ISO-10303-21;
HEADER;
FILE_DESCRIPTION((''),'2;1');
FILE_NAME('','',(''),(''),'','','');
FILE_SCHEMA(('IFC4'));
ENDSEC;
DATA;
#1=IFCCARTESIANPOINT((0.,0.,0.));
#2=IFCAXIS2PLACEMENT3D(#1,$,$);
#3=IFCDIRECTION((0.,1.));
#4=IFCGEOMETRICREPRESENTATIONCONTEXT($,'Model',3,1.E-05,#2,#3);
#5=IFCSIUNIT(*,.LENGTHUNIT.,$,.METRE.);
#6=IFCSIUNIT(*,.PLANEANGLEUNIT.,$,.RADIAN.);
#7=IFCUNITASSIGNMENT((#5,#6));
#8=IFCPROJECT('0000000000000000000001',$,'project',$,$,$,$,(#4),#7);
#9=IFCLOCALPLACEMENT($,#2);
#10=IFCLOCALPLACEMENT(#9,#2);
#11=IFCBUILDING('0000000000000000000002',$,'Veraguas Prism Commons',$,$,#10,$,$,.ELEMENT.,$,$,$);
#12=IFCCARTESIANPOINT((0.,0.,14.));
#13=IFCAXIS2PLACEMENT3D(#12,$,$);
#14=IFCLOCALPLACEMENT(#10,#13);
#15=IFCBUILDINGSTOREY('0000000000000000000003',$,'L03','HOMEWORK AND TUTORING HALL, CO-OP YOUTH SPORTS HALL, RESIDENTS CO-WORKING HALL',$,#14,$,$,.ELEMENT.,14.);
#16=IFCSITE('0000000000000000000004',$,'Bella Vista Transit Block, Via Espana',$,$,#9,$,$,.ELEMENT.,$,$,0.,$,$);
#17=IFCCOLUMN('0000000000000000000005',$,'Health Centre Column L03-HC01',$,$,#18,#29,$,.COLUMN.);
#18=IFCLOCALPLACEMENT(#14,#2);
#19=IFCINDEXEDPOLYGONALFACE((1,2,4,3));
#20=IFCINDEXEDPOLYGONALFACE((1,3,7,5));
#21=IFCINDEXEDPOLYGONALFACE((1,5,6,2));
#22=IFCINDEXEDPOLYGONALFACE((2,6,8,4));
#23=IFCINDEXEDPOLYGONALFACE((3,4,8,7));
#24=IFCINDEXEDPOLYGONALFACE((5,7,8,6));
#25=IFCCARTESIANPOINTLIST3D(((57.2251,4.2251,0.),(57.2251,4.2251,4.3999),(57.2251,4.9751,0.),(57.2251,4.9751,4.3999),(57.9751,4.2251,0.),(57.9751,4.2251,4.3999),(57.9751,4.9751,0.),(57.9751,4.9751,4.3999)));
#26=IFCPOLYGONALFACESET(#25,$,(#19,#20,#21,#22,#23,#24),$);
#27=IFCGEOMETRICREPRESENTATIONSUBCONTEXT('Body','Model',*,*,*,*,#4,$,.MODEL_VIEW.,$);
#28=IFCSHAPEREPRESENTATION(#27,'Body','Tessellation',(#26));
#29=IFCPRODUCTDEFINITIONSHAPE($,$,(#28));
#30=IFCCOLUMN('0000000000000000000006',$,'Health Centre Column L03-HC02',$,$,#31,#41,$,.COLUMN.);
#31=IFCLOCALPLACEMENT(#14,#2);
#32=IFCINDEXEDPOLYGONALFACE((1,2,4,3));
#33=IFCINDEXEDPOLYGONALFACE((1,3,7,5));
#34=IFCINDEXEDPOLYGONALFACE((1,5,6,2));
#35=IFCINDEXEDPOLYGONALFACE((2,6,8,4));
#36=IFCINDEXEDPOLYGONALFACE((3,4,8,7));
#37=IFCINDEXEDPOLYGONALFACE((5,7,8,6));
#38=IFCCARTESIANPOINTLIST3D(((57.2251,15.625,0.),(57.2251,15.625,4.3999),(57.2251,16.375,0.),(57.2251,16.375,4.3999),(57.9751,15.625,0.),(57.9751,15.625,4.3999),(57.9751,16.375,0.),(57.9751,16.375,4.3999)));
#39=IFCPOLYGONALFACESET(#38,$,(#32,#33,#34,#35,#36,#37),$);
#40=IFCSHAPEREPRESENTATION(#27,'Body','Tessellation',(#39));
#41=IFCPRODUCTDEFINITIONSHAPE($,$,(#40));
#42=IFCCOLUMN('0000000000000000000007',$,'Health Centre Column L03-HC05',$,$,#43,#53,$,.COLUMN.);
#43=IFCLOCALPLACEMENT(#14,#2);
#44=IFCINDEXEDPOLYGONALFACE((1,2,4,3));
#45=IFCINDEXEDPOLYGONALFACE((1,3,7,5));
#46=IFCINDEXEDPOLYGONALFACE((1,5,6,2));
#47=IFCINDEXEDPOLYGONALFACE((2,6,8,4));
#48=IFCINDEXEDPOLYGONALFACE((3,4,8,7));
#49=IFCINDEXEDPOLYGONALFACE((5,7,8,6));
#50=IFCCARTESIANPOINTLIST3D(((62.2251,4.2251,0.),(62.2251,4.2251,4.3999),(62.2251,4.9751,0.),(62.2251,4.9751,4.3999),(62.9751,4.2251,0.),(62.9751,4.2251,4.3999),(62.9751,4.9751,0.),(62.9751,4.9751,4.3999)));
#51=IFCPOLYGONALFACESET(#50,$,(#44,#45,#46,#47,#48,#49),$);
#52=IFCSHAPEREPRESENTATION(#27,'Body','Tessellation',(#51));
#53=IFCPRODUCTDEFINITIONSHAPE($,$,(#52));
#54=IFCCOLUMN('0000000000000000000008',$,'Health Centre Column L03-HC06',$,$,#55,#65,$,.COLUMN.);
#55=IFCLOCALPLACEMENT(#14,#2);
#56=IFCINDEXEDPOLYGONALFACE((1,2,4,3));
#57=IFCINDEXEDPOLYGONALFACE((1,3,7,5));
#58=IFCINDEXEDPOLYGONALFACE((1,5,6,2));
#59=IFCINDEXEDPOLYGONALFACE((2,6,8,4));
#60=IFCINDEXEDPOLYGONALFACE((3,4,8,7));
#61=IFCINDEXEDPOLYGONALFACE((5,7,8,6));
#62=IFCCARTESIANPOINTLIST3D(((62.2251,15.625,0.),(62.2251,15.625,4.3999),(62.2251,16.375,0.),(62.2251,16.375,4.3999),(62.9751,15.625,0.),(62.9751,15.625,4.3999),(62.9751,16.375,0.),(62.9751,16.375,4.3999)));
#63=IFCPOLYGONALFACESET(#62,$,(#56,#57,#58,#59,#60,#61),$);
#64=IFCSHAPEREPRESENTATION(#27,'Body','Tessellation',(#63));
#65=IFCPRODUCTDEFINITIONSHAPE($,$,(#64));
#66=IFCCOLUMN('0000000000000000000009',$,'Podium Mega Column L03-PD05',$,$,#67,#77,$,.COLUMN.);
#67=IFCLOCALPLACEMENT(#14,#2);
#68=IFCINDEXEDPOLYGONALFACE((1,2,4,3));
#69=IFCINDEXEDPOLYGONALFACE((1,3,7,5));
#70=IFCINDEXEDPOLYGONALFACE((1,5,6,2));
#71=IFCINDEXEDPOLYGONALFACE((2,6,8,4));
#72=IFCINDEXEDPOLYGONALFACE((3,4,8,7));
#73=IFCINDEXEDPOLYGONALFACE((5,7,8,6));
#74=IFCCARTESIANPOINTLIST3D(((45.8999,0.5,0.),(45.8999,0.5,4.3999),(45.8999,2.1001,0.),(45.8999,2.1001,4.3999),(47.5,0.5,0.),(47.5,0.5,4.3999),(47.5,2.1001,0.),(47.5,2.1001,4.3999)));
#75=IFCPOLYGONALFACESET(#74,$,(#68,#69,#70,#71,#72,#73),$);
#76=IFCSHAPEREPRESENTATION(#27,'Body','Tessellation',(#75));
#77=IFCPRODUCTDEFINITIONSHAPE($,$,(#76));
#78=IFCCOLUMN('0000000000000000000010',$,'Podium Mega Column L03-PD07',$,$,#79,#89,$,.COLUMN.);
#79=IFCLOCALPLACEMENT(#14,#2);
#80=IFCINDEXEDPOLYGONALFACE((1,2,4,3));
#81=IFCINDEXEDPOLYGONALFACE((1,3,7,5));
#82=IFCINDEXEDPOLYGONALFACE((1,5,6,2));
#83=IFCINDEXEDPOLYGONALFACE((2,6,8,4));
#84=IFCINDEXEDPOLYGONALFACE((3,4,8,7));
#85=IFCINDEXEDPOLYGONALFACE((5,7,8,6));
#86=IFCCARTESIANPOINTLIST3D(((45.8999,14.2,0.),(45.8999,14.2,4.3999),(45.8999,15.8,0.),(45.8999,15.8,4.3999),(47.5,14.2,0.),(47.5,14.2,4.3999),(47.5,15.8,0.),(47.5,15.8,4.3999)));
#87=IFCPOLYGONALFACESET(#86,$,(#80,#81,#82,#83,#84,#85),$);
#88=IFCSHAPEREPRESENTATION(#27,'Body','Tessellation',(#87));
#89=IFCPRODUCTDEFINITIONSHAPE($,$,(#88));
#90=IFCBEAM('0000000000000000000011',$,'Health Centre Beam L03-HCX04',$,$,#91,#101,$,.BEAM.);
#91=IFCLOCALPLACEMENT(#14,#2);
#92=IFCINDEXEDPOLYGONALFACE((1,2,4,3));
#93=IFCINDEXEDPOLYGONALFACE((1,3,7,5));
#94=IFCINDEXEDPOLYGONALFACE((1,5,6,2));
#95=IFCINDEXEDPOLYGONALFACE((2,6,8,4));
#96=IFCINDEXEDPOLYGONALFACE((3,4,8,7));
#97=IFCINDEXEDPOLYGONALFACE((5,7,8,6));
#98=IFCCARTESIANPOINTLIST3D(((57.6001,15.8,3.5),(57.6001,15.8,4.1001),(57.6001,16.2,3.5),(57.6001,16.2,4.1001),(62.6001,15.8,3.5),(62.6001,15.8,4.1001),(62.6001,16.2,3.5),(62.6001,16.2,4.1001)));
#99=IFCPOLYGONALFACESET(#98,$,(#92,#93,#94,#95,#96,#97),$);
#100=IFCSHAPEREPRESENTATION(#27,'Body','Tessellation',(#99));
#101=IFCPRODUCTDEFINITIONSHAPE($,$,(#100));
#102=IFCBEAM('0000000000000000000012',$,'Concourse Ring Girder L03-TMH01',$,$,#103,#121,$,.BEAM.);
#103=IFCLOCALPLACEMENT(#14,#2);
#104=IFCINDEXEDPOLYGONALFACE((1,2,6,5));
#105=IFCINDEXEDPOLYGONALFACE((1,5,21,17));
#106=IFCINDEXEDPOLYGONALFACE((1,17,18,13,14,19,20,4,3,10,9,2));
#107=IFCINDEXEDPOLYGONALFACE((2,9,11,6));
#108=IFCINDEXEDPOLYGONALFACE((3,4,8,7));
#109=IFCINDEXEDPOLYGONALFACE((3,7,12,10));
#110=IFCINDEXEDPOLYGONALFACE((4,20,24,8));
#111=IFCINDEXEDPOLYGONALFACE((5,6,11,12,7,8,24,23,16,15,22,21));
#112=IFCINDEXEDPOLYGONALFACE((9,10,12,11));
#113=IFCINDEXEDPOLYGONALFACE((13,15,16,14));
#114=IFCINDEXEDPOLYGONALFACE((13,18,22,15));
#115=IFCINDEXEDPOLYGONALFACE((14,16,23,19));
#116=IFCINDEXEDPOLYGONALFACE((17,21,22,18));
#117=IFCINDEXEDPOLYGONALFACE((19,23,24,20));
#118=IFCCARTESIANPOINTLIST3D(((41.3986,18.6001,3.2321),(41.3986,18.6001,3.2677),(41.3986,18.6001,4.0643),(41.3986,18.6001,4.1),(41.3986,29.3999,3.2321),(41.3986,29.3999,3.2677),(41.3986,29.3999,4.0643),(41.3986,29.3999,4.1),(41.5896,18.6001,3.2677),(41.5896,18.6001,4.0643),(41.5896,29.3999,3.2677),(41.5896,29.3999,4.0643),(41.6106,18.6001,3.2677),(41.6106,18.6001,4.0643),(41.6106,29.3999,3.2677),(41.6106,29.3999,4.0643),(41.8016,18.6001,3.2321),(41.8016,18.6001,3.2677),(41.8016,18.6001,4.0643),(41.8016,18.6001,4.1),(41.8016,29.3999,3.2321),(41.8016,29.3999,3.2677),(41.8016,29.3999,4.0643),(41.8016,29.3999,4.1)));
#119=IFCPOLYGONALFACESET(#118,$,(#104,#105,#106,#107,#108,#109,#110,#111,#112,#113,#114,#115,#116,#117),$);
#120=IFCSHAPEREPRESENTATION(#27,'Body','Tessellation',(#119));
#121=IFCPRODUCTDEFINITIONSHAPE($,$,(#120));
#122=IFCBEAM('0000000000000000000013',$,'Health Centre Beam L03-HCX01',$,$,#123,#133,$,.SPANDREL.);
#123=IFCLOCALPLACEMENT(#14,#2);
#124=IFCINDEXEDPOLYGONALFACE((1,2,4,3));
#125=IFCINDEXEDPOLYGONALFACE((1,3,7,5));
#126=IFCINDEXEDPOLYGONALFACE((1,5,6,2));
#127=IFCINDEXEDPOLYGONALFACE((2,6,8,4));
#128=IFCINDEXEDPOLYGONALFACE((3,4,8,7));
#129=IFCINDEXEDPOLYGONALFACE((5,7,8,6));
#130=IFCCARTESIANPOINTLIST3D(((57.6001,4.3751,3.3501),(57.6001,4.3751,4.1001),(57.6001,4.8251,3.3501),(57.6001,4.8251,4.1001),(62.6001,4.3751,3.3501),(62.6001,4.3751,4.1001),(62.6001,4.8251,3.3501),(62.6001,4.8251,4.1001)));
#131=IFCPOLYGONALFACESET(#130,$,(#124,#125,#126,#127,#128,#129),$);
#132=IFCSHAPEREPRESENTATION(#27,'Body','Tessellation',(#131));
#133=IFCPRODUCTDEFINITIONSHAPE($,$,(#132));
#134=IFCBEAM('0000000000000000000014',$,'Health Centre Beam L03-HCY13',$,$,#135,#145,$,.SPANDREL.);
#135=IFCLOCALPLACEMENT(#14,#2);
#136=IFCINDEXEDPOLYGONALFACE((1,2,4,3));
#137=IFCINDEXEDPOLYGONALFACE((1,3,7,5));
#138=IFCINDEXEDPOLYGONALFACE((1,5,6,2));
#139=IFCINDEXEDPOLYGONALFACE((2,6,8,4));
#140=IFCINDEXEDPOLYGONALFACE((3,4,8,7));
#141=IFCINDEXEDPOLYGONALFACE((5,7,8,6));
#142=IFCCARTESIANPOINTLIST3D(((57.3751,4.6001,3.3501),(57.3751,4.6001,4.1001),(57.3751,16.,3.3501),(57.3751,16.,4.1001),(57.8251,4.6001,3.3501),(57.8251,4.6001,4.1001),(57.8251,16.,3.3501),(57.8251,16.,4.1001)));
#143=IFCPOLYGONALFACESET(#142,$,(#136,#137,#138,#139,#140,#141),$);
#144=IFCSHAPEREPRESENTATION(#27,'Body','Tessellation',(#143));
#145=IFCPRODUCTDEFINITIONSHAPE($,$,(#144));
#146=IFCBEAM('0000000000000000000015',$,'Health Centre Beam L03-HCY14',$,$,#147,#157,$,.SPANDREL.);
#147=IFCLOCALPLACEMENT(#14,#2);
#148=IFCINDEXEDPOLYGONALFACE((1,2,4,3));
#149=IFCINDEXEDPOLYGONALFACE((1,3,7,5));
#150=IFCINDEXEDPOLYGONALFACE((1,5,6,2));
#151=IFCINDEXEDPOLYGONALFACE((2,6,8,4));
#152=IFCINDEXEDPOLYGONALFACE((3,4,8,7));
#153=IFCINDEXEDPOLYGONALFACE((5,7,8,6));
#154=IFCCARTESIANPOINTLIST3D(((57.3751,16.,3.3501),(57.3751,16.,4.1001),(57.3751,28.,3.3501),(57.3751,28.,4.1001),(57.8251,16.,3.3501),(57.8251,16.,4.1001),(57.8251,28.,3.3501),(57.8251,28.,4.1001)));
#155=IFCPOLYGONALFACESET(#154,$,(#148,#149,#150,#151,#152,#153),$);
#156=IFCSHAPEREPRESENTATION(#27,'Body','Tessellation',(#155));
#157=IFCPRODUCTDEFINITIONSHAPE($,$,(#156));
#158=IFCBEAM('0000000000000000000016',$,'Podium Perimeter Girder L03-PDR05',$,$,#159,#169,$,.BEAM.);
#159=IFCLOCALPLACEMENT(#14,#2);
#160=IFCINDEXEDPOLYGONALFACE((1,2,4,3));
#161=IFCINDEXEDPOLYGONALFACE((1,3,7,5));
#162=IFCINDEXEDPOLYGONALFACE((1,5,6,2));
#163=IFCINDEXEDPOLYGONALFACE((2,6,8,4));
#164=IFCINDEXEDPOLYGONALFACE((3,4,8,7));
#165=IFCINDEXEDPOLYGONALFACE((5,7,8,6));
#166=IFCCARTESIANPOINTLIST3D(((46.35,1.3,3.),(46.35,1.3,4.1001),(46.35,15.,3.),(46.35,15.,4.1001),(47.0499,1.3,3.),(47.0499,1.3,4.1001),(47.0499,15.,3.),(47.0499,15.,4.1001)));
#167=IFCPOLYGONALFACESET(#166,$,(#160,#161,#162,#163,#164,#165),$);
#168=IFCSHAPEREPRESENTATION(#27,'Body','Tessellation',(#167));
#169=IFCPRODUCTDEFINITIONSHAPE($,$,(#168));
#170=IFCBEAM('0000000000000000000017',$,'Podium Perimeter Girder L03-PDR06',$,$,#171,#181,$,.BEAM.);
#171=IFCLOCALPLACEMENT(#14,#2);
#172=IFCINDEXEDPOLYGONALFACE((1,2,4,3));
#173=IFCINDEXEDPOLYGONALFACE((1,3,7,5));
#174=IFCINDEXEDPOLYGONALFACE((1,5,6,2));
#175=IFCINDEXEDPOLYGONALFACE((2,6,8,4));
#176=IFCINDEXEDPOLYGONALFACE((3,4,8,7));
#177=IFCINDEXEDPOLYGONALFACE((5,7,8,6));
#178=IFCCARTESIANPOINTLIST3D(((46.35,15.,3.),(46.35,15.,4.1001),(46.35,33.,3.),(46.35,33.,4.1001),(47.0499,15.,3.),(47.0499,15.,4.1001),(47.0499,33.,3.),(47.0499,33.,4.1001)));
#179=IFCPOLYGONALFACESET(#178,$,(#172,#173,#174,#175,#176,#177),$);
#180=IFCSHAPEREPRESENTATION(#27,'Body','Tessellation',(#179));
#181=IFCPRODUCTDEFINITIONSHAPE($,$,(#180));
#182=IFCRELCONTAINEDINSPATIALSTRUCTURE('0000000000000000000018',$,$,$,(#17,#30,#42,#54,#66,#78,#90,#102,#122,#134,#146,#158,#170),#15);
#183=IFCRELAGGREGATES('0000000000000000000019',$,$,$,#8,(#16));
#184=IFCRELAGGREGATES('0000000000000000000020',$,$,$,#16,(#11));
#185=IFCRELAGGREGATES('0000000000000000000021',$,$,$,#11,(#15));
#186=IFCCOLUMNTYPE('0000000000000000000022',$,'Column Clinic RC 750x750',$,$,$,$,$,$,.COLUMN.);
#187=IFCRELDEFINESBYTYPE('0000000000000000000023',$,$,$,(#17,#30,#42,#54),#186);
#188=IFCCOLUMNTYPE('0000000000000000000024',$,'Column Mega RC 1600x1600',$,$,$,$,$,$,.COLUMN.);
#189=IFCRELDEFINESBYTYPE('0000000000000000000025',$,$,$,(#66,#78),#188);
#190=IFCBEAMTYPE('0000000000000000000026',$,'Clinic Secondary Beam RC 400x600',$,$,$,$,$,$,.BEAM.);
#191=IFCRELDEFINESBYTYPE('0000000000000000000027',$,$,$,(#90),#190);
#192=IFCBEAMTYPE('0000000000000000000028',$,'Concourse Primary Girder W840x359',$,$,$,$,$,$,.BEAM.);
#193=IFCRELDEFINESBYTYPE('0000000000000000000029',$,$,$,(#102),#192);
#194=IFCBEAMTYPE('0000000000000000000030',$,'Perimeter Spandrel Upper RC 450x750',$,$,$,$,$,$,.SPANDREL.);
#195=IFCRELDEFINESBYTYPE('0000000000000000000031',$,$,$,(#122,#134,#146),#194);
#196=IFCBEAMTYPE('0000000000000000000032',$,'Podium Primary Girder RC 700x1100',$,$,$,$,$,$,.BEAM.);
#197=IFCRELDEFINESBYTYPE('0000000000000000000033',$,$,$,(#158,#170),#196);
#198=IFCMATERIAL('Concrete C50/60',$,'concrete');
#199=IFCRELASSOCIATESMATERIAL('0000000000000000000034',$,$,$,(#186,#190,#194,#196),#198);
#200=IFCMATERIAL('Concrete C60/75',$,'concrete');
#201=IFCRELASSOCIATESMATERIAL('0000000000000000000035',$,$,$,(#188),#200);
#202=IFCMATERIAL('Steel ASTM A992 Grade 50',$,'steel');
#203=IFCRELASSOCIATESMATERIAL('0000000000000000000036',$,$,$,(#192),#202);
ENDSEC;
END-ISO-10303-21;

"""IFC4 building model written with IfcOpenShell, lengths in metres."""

from ifc_helpers import new_model, si_unit, direction, frame, origin, origin_2d, place, context, subcontext, project, spatial, rectangle, i_section, extrude, material, material_profile, profile_set, type_object, element, save


model = new_model("IFC4")

# Units and contexts
model_context = context("Model", 3, precision=1e-05, world=origin(), true_north=direction((0.0, 1.0)))
body_context = subcontext(model_context, "Body", "Model", "MODEL_VIEW")
ifc_project = project(units=[si_unit("LENGTHUNIT", "METRE"), si_unit("PLANEANGLEUNIT", "RADIAN")], contexts=[model_context])

# Site, building, storey
site_placement = place(None, origin())
site = spatial("IfcSite", under=ifc_project, at=site_placement, Name="Bella Vista Transit Block, Via Espana", CompositionType="ELEMENT", RefElevation=0.0)
building_placement = place(site_placement, origin())
building = spatial("IfcBuilding", under=site, at=building_placement, Name="Veraguas Prism Commons", CompositionType="ELEMENT")
storey_placement = place(building_placement, frame((0.0, 0.0, 14.0)))
storey = spatial("IfcBuildingStorey", under=building, at=storey_placement, Name="L03", Description="HOMEWORK AND TUTORING HALL, CO-OP YOUTH SPORTS HALL, RESIDENTS CO-WORKING HALL", CompositionType="ELEMENT", Elevation=14.0)

# Columns
ifc_material_1 = material(Name="Concrete C50/60", Category="concrete")
ifc_material_profile_1 = material_profile(ifc_material_1, rectangle(XDim=0.75, YDim=0.75, at=origin_2d()), Name="RC750X750")
ifc_profile_set_1 = profile_set([ifc_material_profile_1], Name="Concrete C50/60")
column_type_1 = type_object("IfcColumnType", Name="Column Clinic RC 750x750", PredefinedType="COLUMN", material=ifc_profile_set_1)
for number, where, z_axis, x_axis, name in (
    (1, (57.6001, 4.6001, 0.0), (0.0, 0.0, 1.0), (1.0, 0.0, 0.0), "Health Centre Column L03-HC01"),
    (2, (57.6001, 16.0, 0.0), (0.0, 0.0, 1.0), (1.0, 0.0, 0.0), "Health Centre Column L03-HC02"),
    (3, (62.6001, 4.6001, 0.0), (0.0, 0.0, 1.0), (1.0, 0.0, 0.0), "Health Centre Column L03-HC05"),
    (4, (62.6001, 16.0, 0.0), (0.0, 0.0, 1.0), (1.0, 0.0, 0.0), "Health Centre Column L03-HC06"),
):
    element("IfcColumn", number, at=place(storey_placement, frame(where, z_axis=z_axis, x_axis=x_axis)), inside=storey, type_object=column_type_1, Name=name, PredefinedType="COLUMN", context=body_context, shape_type="SweptSolid", body=[
        extrude(rectangle(XDim=0.75, YDim=0.75, at=origin_2d()), origin(), (0.0, 0.0, 1.0), 4.3999),
    ])
ifc_material_2 = material(Name="Concrete C60/75", Category="concrete")
ifc_material_profile_2 = material_profile(ifc_material_2, rectangle(XDim=1.6001, YDim=1.6001, at=origin_2d()), Name="RC1600X1600")
ifc_profile_set_2 = profile_set([ifc_material_profile_2], Name="Concrete C60/75")
column_type_2 = type_object("IfcColumnType", Name="Column Mega RC 1600x1600", PredefinedType="COLUMN", material=ifc_profile_set_2)
for number, where, z_axis, x_axis, name in (
    (5, (46.7, 1.3, 0.0), (0.0, 0.0, 1.0), (1.0, 0.0, 0.0), "Podium Mega Column L03-PD05"),
    (6, (46.7, 15.0, 0.0), (0.0, 0.0, 1.0), (1.0, 0.0, 0.0), "Podium Mega Column L03-PD07"),
):
    element("IfcColumn", number, at=place(storey_placement, frame(where, z_axis=z_axis, x_axis=x_axis)), inside=storey, type_object=column_type_2, Name=name, PredefinedType="COLUMN", context=body_context, shape_type="SweptSolid", body=[
        extrude(rectangle(XDim=1.6001, YDim=1.6001, at=origin_2d()), origin(), (0.0, 0.0, 1.0), 4.3999),
    ])

# Beams
ifc_material_profile_3 = material_profile(ifc_material_1, rectangle(XDim=0.3999, YDim=0.6001, at=origin_2d()), Name="RC400X600")
ifc_profile_set_3 = profile_set([ifc_material_profile_3], Name="Concrete C50/60")
beam_type_1 = type_object("IfcBeamType", Name="Clinic Secondary Beam RC 400x600", PredefinedType="BEAM", material=ifc_profile_set_3)
beam_1_placement = place(storey_placement, frame((57.6001, 16.0, 3.8), z_axis=(1.0, 0.0, 0.0), x_axis=(0.0, 1.0, 0.0)))
element("IfcBeam", 7, at=beam_1_placement, inside=storey, type_object=beam_type_1, Name="Health Centre Beam L03-HCX04", PredefinedType="BEAM", context=body_context, shape_type="SweptSolid", body=[
    extrude(rectangle(XDim=0.3999, YDim=0.6001, at=origin_2d()), origin(), (0.0, 0.0, 1.0), 5.0),
])
ifc_material_3 = material(Name="Steel ASTM A992 Grade 50", Category="steel")
ifc_material_profile_4 = material_profile(ifc_material_3, i_section(OverallWidth=0.4031, OverallDepth=0.8679, WebThickness=0.021, FlangeThickness=0.0356, at=origin_2d()), Name="W840X359")
ifc_profile_set_4 = profile_set([ifc_material_profile_4], Name="Steel ASTM A992 Grade 50")
beam_type_2 = type_object("IfcBeamType", Name="Concourse Primary Girder W840x359", PredefinedType="BEAM", material=ifc_profile_set_4)
beam_2_placement = place(storey_placement, frame((41.6001, 18.6001, 3.666), z_axis=(0.0, 1.0, 0.0), x_axis=(-1.0, 0.0, 0.0)))
element("IfcBeam", 8, at=beam_2_placement, inside=storey, type_object=beam_type_2, Name="Concourse Ring Girder L03-TMH01", PredefinedType="BEAM", context=body_context, shape_type="SweptSolid", body=[
    extrude(i_section(OverallWidth=0.4031, OverallDepth=0.8679, WebThickness=0.021, FlangeThickness=0.0356, at=origin_2d()), origin(), (0.0, 0.0, 1.0), 10.7998),
])
ifc_material_profile_5 = material_profile(ifc_material_1, rectangle(XDim=0.45, YDim=0.75, at=origin_2d()), Name="RC450X750")
ifc_profile_set_5 = profile_set([ifc_material_profile_5], Name="Concrete C50/60")
beam_type_3 = type_object("IfcBeamType", Name="Perimeter Spandrel Upper RC 450x750", PredefinedType="SPANDREL", material=ifc_profile_set_5)
beam_3_placement = place(storey_placement, frame((57.6001, 4.6001, 3.7251), z_axis=(1.0, 0.0, 0.0), x_axis=(0.0, 1.0, 0.0)))
element("IfcBeam", 9, at=beam_3_placement, inside=storey, type_object=beam_type_3, Name="Health Centre Beam L03-HCX01", PredefinedType="SPANDREL", context=body_context, shape_type="SweptSolid", body=[
    extrude(rectangle(XDim=0.45, YDim=0.75, at=origin_2d()), origin(), (0.0, 0.0, 1.0), 5.0),
])
beam_4_placement = place(storey_placement, frame((57.6001, 4.6001, 3.7251), z_axis=(0.0, 1.0, 0.0), x_axis=(-1.0, 0.0, 0.0)))
element("IfcBeam", 10, at=beam_4_placement, inside=storey, type_object=beam_type_3, Name="Health Centre Beam L03-HCY13", PredefinedType="SPANDREL", context=body_context, shape_type="SweptSolid", body=[
    extrude(rectangle(XDim=0.45, YDim=0.75, at=origin_2d()), origin(), (0.0, 0.0, 1.0), 11.3999),
])
beam_5_placement = place(storey_placement, frame((57.6001, 16.0, 3.7251), z_axis=(0.0, 1.0, 0.0), x_axis=(-1.0, 0.0, 0.0)))
element("IfcBeam", 11, at=beam_5_placement, inside=storey, type_object=beam_type_3, Name="Health Centre Beam L03-HCY14", PredefinedType="SPANDREL", context=body_context, shape_type="SweptSolid", body=[
    extrude(rectangle(XDim=0.45, YDim=0.75, at=origin_2d()), origin(), (0.0, 0.0, 1.0), 12.0),
])
ifc_material_profile_6 = material_profile(ifc_material_1, rectangle(XDim=0.7, YDim=1.1001, at=origin_2d()), Name="RC700X1100")
ifc_profile_set_6 = profile_set([ifc_material_profile_6], Name="Concrete C50/60")
beam_type_4 = type_object("IfcBeamType", Name="Podium Primary Girder RC 700x1100", PredefinedType="BEAM", material=ifc_profile_set_6)
beam_6_placement = place(storey_placement, frame((46.7, 1.3, 3.55), z_axis=(0.0, 1.0, 0.0), x_axis=(-1.0, 0.0, 0.0)))
element("IfcBeam", 12, at=beam_6_placement, inside=storey, type_object=beam_type_4, Name="Podium Perimeter Girder L03-PDR05", PredefinedType="BEAM", context=body_context, shape_type="SweptSolid", body=[
    extrude(rectangle(XDim=0.7, YDim=1.1001, at=origin_2d()), origin(), (0.0, 0.0, 1.0), 13.7),
])
beam_7_placement = place(storey_placement, frame((46.7, 15.0, 3.55), z_axis=(0.0, 1.0, 0.0), x_axis=(-1.0, 0.0, 0.0)))
element("IfcBeam", 13, at=beam_7_placement, inside=storey, type_object=beam_type_4, Name="Podium Perimeter Girder L03-PDR06", PredefinedType="BEAM", context=body_context, shape_type="SweptSolid", body=[
    extrude(rectangle(XDim=0.7, YDim=1.1001, at=origin_2d()), origin(), (0.0, 0.0, 1.0), 18.0),
])

save(model, "model.ifc")
